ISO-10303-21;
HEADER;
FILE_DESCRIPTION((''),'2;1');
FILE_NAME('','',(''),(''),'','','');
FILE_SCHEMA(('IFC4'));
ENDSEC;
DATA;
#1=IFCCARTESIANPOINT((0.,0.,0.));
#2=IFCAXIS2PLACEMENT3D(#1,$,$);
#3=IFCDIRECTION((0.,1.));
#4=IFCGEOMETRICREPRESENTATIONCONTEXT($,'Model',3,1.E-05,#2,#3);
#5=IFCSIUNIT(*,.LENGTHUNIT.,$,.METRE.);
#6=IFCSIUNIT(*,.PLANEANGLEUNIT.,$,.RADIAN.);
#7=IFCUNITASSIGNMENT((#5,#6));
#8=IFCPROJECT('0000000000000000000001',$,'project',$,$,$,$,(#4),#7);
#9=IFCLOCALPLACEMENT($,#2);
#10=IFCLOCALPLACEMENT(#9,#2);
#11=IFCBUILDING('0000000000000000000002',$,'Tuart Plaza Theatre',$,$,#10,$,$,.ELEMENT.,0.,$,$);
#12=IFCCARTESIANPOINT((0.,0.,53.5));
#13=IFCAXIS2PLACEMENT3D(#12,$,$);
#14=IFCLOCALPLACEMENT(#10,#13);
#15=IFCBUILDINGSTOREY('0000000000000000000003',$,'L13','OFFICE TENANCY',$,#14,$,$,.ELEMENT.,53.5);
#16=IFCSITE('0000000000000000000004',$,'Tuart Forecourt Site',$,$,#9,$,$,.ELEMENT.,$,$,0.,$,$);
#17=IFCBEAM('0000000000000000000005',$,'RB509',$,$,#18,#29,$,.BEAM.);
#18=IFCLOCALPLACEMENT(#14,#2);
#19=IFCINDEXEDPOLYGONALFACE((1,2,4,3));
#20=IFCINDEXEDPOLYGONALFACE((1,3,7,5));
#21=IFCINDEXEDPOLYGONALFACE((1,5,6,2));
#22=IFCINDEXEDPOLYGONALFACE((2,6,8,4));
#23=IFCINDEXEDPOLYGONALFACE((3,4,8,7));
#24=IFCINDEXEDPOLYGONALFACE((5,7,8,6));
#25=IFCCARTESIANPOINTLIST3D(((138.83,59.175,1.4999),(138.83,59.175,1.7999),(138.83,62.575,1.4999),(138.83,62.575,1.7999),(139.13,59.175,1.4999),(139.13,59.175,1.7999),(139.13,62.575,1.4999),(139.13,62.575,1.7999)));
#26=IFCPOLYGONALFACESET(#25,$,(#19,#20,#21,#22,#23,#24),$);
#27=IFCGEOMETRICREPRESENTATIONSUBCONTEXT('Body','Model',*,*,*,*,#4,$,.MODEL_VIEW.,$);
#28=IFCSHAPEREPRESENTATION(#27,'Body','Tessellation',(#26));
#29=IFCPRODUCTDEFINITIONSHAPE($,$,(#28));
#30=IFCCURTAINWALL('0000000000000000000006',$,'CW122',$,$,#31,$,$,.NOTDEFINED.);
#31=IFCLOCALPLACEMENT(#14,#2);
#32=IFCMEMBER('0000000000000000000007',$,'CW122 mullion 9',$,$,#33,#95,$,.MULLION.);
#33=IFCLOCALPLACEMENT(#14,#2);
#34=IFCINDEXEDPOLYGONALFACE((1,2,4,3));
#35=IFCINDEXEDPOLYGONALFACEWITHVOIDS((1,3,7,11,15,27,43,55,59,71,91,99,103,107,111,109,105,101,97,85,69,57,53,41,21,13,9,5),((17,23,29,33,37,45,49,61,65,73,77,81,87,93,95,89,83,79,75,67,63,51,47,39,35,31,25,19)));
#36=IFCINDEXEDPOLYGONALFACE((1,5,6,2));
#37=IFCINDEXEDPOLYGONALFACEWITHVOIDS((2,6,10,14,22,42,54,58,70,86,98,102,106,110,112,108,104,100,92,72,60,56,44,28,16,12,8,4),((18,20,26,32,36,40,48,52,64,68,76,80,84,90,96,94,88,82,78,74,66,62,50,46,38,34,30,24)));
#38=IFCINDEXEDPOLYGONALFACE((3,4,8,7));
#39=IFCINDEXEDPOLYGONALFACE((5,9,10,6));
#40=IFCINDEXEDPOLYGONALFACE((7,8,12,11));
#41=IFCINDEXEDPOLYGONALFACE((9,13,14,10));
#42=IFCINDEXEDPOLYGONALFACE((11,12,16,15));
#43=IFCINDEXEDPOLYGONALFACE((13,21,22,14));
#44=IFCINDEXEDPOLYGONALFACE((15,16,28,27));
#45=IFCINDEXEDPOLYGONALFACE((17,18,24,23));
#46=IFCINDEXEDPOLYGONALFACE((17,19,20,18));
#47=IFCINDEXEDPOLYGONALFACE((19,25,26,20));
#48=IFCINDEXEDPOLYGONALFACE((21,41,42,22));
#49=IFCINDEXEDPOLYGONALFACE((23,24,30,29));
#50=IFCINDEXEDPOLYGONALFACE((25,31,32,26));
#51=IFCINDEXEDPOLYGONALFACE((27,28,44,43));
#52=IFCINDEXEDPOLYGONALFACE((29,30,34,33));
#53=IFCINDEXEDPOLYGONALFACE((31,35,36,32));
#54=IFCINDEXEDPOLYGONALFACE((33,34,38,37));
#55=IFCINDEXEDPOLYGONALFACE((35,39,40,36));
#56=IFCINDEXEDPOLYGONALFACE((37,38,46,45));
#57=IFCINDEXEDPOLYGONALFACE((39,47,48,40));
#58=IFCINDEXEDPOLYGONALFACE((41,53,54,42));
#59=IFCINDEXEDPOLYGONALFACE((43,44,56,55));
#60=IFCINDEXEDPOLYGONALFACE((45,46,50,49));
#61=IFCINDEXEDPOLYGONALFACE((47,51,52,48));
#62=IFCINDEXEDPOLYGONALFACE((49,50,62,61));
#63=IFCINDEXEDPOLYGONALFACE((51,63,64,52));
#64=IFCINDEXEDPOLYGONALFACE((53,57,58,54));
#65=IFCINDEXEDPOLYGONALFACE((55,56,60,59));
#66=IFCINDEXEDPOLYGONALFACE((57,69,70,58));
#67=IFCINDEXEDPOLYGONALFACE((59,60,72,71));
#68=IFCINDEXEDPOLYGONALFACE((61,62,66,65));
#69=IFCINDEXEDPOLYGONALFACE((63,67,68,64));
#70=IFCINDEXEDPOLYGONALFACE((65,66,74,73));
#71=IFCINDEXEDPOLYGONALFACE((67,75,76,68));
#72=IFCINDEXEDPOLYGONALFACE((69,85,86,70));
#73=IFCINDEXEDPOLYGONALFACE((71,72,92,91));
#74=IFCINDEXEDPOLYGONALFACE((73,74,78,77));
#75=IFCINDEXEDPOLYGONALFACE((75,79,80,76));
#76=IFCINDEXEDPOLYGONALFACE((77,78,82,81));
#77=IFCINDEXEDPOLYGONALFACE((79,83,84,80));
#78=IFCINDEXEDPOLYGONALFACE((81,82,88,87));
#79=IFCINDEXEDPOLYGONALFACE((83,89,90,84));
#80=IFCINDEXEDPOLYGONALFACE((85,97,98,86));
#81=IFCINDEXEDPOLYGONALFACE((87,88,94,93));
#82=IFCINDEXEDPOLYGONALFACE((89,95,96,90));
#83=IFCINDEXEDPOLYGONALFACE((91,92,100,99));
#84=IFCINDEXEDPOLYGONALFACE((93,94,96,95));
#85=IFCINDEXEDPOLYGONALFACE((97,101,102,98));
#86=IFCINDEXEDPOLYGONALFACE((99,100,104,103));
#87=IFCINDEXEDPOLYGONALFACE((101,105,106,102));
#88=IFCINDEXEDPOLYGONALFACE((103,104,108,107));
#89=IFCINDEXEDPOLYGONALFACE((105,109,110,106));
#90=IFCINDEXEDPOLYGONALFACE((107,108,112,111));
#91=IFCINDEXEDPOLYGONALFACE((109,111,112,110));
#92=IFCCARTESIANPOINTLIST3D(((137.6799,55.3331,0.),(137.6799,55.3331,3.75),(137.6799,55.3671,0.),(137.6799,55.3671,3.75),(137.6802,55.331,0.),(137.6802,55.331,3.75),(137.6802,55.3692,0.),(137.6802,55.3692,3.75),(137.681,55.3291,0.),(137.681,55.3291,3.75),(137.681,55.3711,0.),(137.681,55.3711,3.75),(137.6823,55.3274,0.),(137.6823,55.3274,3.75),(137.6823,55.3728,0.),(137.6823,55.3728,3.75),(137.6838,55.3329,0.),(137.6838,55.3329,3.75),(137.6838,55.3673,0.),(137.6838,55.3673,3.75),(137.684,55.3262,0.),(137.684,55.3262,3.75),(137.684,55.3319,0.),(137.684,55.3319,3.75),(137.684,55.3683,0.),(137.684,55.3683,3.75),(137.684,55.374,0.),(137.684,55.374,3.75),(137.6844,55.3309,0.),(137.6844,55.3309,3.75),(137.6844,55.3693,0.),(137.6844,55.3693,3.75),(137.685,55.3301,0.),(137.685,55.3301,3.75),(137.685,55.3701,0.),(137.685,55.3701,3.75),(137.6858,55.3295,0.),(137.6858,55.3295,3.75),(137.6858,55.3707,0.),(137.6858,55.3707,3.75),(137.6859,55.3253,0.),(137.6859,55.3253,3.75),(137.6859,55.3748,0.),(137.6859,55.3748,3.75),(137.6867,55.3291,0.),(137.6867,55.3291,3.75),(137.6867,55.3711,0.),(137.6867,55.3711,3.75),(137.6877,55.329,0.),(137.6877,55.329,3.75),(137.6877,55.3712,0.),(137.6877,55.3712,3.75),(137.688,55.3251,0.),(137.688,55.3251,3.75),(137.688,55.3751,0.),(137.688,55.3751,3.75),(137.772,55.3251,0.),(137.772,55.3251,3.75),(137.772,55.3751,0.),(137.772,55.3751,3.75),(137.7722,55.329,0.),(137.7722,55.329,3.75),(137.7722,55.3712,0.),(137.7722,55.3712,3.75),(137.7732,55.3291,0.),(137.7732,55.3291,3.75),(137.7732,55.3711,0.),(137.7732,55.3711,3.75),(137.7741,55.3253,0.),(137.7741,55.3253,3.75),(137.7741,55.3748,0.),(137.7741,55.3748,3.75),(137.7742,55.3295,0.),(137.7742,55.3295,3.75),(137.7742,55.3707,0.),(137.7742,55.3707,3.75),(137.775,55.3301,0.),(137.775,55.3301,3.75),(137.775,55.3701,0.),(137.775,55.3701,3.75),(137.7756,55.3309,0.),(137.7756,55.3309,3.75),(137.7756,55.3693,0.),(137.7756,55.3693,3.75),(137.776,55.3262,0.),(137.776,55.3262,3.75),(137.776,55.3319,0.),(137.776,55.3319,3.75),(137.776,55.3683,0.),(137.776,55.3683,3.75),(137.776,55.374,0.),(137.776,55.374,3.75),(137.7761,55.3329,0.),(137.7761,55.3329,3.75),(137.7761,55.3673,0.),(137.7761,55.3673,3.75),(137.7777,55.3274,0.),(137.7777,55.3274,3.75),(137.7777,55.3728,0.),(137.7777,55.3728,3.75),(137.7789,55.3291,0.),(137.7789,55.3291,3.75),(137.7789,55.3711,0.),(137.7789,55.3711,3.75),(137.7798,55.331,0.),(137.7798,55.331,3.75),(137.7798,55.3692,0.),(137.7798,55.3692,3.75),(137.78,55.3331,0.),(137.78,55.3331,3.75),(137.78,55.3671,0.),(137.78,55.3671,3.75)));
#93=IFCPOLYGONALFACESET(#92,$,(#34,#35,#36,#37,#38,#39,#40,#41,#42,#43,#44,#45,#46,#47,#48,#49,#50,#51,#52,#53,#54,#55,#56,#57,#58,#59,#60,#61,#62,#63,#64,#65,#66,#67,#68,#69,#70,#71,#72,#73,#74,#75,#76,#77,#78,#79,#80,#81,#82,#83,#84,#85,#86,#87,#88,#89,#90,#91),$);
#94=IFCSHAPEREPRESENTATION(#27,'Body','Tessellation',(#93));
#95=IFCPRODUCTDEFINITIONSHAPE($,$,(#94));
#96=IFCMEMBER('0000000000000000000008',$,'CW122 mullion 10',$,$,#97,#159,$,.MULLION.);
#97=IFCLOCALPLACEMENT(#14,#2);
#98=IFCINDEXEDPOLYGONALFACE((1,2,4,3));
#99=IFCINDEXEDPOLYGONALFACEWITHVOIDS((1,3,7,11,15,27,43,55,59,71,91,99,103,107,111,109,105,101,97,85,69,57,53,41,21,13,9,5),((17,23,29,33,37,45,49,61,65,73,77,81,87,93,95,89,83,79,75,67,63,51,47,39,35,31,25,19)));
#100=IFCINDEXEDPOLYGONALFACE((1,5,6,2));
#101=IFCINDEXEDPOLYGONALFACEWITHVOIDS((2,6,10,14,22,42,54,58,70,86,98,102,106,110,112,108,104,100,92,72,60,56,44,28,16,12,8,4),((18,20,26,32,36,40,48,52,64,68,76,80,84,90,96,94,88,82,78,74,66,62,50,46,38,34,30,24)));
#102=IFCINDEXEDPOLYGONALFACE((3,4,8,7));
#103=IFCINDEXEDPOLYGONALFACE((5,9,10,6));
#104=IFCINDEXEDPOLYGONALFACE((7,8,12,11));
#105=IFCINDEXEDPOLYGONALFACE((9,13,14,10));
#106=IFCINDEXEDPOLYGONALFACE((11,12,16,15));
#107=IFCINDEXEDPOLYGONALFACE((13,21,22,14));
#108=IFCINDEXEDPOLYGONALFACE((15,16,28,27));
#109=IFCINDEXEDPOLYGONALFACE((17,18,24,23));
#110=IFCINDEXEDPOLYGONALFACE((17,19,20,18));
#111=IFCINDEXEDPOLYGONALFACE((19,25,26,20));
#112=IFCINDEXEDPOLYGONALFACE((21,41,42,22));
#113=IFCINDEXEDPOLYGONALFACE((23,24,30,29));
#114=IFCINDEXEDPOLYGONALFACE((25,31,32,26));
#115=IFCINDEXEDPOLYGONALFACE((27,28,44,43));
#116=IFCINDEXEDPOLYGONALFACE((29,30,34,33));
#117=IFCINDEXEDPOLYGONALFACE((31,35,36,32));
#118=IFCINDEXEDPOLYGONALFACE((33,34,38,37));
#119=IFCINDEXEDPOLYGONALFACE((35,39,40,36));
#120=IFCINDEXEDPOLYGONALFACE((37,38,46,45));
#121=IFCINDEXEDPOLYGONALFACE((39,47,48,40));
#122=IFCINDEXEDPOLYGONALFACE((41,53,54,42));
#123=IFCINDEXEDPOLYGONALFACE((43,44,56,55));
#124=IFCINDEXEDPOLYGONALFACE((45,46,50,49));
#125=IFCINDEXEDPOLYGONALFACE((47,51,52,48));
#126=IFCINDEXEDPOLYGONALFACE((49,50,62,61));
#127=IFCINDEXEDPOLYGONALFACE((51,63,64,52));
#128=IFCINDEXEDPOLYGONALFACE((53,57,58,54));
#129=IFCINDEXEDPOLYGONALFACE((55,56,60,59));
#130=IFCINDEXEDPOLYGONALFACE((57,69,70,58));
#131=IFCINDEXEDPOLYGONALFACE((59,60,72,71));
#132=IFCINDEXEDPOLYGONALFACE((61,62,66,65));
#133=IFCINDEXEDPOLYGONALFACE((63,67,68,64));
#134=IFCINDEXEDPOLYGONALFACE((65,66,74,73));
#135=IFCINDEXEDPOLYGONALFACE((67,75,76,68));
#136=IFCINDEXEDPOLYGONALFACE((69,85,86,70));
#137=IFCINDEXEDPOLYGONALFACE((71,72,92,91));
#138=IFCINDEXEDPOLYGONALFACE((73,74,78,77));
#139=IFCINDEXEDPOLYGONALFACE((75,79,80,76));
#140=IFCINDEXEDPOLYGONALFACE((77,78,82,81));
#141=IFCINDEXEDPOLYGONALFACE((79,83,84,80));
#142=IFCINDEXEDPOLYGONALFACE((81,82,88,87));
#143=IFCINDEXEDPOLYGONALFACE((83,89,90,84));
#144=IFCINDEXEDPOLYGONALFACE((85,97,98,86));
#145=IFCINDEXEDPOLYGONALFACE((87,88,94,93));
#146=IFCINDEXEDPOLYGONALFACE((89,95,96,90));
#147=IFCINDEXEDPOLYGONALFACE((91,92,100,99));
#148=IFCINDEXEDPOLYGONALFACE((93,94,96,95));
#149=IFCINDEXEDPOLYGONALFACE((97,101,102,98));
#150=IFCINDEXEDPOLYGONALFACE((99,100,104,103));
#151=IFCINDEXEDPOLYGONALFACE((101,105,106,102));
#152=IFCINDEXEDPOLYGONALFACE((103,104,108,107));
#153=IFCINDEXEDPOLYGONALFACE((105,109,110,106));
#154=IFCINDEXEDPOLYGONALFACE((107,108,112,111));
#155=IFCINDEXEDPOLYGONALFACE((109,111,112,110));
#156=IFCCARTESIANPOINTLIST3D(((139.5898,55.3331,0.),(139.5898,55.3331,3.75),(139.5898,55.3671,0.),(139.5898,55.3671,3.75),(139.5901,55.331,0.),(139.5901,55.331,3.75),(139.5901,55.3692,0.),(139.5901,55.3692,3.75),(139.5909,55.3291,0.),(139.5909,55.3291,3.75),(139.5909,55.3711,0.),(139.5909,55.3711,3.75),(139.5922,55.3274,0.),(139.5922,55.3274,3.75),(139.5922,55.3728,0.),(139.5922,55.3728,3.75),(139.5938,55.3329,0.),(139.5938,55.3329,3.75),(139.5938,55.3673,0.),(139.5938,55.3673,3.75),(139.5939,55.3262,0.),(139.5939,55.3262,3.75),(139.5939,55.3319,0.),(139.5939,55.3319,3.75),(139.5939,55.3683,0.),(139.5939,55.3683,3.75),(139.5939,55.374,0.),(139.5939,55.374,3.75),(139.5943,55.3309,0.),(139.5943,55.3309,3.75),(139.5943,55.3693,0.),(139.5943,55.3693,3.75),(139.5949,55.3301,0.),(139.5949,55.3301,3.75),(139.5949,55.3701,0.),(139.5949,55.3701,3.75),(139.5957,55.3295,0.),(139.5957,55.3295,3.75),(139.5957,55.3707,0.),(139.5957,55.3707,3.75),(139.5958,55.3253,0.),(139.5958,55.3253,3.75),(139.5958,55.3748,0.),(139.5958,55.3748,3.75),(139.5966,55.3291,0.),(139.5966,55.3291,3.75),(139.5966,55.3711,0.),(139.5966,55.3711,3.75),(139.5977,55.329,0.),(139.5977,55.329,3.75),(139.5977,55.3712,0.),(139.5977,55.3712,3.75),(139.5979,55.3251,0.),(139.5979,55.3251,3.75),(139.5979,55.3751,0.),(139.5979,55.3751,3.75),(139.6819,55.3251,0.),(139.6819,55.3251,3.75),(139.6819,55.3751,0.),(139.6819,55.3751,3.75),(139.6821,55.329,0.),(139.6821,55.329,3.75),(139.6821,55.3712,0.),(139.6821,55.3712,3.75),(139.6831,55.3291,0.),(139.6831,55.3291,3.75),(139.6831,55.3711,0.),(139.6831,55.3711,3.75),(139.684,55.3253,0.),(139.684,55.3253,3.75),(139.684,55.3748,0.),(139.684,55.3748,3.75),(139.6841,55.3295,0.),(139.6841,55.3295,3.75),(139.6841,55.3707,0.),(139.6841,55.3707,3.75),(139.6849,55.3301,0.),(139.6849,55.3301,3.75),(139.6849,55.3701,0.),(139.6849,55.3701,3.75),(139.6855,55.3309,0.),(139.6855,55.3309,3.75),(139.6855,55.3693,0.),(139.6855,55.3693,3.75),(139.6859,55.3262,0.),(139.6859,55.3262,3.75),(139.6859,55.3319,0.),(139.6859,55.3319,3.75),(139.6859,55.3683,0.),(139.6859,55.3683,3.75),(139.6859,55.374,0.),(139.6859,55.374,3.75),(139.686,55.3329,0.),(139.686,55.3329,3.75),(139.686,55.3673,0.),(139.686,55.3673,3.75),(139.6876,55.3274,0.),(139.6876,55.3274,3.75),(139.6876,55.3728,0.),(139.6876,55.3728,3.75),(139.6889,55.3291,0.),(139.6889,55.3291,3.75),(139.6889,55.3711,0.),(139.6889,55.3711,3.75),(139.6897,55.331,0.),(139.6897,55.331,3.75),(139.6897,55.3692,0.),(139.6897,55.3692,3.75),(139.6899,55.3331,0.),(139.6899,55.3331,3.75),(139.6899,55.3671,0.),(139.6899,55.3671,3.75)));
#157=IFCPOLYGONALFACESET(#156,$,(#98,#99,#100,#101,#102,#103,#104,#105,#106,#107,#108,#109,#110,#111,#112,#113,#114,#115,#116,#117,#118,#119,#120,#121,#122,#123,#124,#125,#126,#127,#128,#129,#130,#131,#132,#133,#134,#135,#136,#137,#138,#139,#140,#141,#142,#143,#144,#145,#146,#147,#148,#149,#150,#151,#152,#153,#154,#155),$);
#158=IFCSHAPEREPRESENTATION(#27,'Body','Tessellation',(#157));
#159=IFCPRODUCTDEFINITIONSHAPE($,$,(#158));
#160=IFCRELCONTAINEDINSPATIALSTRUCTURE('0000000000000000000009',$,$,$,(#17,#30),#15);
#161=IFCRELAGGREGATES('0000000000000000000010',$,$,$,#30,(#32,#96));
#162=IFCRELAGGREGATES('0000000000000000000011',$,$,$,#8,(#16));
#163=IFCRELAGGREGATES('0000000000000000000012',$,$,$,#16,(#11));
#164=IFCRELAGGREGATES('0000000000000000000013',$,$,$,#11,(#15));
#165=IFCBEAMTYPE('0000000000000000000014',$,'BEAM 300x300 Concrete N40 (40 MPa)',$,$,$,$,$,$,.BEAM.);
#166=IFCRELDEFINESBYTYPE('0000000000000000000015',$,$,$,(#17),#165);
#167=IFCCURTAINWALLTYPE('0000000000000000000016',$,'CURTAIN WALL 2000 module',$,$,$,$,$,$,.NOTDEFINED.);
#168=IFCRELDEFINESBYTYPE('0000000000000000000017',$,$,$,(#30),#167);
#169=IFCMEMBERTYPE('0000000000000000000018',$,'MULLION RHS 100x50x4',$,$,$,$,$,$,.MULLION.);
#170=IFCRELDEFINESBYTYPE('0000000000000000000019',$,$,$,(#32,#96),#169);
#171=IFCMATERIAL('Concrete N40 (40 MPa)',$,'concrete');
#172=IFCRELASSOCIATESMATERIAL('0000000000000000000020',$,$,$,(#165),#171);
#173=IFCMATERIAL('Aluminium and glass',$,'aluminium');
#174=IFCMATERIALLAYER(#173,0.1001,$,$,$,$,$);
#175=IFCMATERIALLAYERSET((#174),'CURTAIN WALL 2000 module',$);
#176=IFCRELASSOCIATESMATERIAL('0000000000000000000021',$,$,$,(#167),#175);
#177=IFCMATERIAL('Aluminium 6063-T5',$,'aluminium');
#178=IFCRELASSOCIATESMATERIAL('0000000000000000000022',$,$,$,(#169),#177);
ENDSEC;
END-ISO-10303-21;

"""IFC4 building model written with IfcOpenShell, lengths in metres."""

from ifc_helpers import new_model, si_unit, direction, frame, origin, origin_2d, place, context, subcontext, project, spatial, rectangle, hollow_rectangle, extrude, material, layer, layer_set, material_profile, profile_set, type_object, element, aggregate, save


model = new_model("IFC4")

# Units and contexts
model_context = context("Model", 3, precision=1e-05, world=origin(), true_north=direction((0.0, 1.0)))
body_context = subcontext(model_context, "Body", "Model", "MODEL_VIEW")
ifc_project = project(units=[si_unit("LENGTHUNIT", "METRE"), si_unit("PLANEANGLEUNIT", "RADIAN")], contexts=[model_context])

# Site, building, storey
site_placement = place(None, origin())
site = spatial("IfcSite", under=ifc_project, at=site_placement, Name="Tuart Forecourt Site", CompositionType="ELEMENT", RefElevation=0.0)
building_placement = place(site_placement, origin())
building = spatial("IfcBuilding", under=site, at=building_placement, Name="Tuart Plaza Theatre", CompositionType="ELEMENT", ElevationOfRefHeight=0.0)
storey_placement = place(building_placement, frame((0.0, 0.0, 53.5)))
storey = spatial("IfcBuildingStorey", under=building, at=storey_placement, Name="L13", Description="OFFICE TENANCY", CompositionType="ELEMENT", Elevation=53.5)

# Beam
ifc_material_1 = material(Name="Concrete N40 (40 MPa)", Category="concrete")
ifc_material_profile_1 = material_profile(ifc_material_1, rectangle(XDim=0.3, YDim=0.3, at=origin_2d()), Name="BEAM 300x300 Concrete N40 (40 MPa)")
ifc_profile_set_1 = profile_set([ifc_material_profile_1], Name="Concrete N40 (40 MPa)")
beam_type = type_object("IfcBeamType", Name="BEAM 300x300 Concrete N40 (40 MPa)", PredefinedType="BEAM", material=ifc_profile_set_1)
beam_placement = place(storey_placement, frame((138.98, 59.175, 1.6499), z_axis=(0.0, 1.0, 0.0), x_axis=(-1.0, 0.0, 0.0)))
element("IfcBeam", 1, at=beam_placement, inside=storey, type_object=beam_type, Name="RB509", PredefinedType="BEAM", context=body_context, shape_type="SweptSolid", body=[
    extrude(rectangle(XDim=0.3, YDim=0.3, at=origin_2d()), origin(), (0.0, 0.0, 1.0), 3.3999),
])

# Curtain wall, members
ifc_material_2 = material(Name="Aluminium and glass", Category="aluminium")
ifc_layer_1 = layer(ifc_material_2, 0.1001)
ifc_layer_set_1 = layer_set([ifc_layer_1], Name="CURTAIN WALL 2000 module")
curtain_wall_type = type_object("IfcCurtainWallType", Name="CURTAIN WALL 2000 module", PredefinedType="NOTDEFINED", material=ifc_layer_set_1)
curtain_wall_placement = place(storey_placement, origin())
curtain_wall = element("IfcCurtainWall", 2, at=curtain_wall_placement, inside=storey, type_object=curtain_wall_type, Name="CW122", PredefinedType="NOTDEFINED")
ifc_material_3 = material(Name="Aluminium 6063-T5", Category="aluminium")
ifc_material_profile_2 = material_profile(ifc_material_3, hollow_rectangle(XDim=0.05, YDim=0.1001, WallThickness=0.0039, InnerFilletRadius=0.0039, OuterFilletRadius=0.0081, at=origin_2d()), Name="RHS 100x50x4")
ifc_profile_set_2 = profile_set([ifc_material_profile_2], Name="Aluminium 6063-T5")
member_type_1 = type_object("IfcMemberType", Name="MULLION RHS 100x50x4", PredefinedType="MULLION", material=ifc_profile_set_2)
member_1_placement = place(storey_placement, frame((137.73, 55.3501, 0.0), z_axis=(0.0, 0.0, 1.0), x_axis=(0.0, 1.0, 0.0)))
member_1 = element("IfcMember", 3, at=member_1_placement, type_object=member_type_1, Name="CW122 mullion 9", PredefinedType="MULLION", context=body_context, shape_type="SweptSolid", body=[
    extrude(hollow_rectangle(XDim=0.05, YDim=0.1001, WallThickness=0.0039, InnerFilletRadius=0.0039, OuterFilletRadius=0.0081, at=origin_2d()), origin(), (0.0, 0.0, 1.0), 3.75),
])
member_2_placement = place(storey_placement, frame((139.6399, 55.3501, 0.0), z_axis=(0.0, 0.0, 1.0), x_axis=(0.0, 1.0, 0.0)))
member_2 = element("IfcMember", 4, at=member_2_placement, type_object=member_type_1, Name="CW122 mullion 10", PredefinedType="MULLION", context=body_context, shape_type="SweptSolid", body=[
    extrude(hollow_rectangle(XDim=0.05, YDim=0.1001, WallThickness=0.0039, InnerFilletRadius=0.0039, OuterFilletRadius=0.0081, at=origin_2d()), origin(), (0.0, 0.0, 1.0), 3.75),
])
aggregate(curtain_wall, [member_1, member_2])

save(model, "model.ifc")
